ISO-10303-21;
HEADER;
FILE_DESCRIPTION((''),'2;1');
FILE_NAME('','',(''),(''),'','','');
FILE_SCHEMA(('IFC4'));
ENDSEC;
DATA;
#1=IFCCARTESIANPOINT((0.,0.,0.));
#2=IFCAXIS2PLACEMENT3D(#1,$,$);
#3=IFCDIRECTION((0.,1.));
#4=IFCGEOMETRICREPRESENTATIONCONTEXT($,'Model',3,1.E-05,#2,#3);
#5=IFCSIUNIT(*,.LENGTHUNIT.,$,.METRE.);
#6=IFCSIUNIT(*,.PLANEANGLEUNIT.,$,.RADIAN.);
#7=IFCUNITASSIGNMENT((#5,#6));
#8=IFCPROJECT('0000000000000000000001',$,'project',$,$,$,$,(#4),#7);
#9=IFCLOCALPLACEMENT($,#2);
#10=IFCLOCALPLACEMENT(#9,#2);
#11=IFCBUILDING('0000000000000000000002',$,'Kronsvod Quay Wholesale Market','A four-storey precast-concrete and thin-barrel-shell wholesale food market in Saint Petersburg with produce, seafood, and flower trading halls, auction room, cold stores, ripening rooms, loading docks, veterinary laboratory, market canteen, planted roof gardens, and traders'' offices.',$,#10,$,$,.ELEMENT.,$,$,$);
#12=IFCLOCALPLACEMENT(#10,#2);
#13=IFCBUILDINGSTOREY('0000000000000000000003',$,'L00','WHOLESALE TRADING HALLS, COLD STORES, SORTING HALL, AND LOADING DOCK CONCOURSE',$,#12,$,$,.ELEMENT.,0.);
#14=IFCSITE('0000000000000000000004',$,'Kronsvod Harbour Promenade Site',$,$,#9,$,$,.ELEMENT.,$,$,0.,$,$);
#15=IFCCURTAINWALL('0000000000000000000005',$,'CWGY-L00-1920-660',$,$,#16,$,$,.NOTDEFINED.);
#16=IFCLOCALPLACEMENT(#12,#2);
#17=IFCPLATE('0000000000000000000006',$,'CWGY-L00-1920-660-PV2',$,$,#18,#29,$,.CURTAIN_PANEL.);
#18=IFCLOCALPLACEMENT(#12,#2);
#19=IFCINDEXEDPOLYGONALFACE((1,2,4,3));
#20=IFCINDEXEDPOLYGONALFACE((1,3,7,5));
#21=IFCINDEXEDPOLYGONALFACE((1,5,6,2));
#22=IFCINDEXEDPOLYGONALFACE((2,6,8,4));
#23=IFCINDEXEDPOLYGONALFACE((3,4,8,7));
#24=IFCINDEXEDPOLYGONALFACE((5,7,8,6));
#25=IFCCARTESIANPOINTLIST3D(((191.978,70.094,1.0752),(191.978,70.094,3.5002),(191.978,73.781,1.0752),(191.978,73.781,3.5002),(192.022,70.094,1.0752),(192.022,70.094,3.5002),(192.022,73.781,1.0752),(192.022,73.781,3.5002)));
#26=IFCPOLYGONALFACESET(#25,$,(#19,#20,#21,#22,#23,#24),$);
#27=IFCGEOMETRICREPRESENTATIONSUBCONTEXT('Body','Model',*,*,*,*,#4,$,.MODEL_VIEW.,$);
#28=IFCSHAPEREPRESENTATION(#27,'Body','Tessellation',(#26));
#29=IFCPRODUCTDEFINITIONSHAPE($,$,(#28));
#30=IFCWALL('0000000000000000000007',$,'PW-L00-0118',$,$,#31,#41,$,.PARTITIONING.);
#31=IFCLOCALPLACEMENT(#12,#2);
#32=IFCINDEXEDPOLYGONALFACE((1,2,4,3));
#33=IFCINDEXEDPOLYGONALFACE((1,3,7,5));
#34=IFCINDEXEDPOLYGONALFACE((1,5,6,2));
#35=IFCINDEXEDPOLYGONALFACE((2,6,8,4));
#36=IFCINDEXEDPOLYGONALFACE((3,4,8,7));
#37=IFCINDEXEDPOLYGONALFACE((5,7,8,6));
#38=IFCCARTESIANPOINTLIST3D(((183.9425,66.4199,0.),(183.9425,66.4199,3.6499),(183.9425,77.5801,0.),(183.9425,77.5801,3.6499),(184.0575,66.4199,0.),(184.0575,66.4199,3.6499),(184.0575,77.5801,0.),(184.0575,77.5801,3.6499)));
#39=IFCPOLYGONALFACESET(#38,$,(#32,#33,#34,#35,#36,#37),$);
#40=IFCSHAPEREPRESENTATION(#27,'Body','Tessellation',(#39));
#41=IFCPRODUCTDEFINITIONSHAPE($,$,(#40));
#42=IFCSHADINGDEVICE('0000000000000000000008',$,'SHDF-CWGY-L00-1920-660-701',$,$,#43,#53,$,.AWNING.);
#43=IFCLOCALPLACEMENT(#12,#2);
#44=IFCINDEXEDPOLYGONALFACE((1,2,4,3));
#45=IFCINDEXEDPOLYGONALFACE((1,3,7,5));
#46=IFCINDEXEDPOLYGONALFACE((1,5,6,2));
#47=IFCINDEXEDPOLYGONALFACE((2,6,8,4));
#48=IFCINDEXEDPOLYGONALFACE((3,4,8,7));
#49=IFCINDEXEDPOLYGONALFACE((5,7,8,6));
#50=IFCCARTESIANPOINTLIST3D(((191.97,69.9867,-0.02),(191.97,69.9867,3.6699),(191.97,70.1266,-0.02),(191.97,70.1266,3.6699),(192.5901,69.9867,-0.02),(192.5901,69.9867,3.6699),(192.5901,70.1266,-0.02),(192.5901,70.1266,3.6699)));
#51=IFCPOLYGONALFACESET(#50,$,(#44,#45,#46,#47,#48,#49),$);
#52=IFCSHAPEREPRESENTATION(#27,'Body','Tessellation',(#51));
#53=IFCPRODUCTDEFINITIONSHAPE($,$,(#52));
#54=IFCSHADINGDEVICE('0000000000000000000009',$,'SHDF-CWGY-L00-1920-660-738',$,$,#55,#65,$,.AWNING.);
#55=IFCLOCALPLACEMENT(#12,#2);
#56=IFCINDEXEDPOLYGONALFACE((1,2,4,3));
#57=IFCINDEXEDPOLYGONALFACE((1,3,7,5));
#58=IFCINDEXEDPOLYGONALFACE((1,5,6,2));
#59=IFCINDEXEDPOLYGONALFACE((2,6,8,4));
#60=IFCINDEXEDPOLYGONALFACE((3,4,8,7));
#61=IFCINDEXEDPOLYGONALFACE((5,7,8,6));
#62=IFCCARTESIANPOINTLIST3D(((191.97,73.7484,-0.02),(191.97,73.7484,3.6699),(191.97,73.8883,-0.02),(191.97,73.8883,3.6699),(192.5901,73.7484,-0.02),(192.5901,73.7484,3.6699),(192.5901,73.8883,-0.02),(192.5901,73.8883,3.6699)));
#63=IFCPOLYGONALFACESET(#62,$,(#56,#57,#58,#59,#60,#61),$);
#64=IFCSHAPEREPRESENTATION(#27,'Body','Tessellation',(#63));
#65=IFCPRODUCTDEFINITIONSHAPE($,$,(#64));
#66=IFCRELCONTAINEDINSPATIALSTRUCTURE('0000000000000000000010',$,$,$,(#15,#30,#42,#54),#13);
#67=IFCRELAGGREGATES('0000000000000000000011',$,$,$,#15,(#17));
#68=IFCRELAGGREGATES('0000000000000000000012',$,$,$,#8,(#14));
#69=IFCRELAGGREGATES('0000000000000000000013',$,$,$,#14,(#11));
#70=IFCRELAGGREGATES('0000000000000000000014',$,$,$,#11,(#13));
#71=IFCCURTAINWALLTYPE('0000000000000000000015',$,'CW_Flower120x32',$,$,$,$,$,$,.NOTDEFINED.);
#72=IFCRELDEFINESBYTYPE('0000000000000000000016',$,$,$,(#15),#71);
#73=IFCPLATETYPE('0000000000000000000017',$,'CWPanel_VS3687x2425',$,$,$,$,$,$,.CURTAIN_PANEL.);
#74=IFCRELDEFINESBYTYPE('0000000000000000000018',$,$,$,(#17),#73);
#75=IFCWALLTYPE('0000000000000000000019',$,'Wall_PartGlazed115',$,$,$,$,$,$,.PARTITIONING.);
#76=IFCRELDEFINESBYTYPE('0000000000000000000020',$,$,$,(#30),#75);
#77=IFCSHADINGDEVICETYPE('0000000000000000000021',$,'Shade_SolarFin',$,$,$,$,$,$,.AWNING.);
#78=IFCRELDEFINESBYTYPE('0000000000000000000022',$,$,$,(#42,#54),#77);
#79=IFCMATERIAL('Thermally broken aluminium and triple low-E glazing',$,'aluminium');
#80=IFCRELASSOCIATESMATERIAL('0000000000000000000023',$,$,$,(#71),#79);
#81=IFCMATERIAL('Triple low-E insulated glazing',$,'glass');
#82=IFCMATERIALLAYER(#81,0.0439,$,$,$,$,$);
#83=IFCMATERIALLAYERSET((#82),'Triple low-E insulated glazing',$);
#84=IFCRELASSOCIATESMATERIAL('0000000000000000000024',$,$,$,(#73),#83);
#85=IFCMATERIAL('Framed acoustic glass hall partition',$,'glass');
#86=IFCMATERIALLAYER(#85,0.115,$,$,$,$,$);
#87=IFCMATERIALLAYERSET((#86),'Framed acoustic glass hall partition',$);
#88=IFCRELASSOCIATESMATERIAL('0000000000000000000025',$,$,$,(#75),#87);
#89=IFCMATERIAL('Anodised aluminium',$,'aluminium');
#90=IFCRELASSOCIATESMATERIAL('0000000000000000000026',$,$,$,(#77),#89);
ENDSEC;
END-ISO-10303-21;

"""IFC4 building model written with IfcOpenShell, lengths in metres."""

from ifc_helpers import new_model, si_unit, direction, frame, frame_2d, origin, origin_2d, place, context, subcontext, project, spatial, rectangle, extrude, material, layer, layer_set, type_object, element, aggregate, save


model = new_model("IFC4")

# Units and contexts
model_context = context("Model", 3, precision=1e-05, world=origin(), true_north=direction((0.0, 1.0)))
body_context = subcontext(model_context, "Body", "Model", "MODEL_VIEW")
ifc_project = project(units=[si_unit("LENGTHUNIT", "METRE"), si_unit("PLANEANGLEUNIT", "RADIAN")], contexts=[model_context])

# Site, building, storey
site_placement = place(None, origin())
site = spatial("IfcSite", under=ifc_project, at=site_placement, Name="Kronsvod Harbour Promenade Site", CompositionType="ELEMENT", RefElevation=0.0)
building_placement = place(site_placement, origin())
building = spatial("IfcBuilding", under=site, at=building_placement, Name="Kronsvod Quay Wholesale Market", Description="A four-storey precast-concrete and thin-barrel-shell wholesale food market in Saint Petersburg with produce, seafood, and flower trading halls, auction room, cold stores, ripening rooms, loading docks, veterinary laboratory, market canteen, planted roof gardens, and traders' offices.", CompositionType="ELEMENT")
storey_placement = place(building_placement, origin())
storey = spatial("IfcBuildingStorey", under=building, at=storey_placement, Name="L00", Description="WHOLESALE TRADING HALLS, COLD STORES, SORTING HALL, AND LOADING DOCK CONCOURSE", CompositionType="ELEMENT", Elevation=0.0)

# Curtain wall, plate
ifc_material_1 = material(Name="Thermally broken aluminium and triple low-E glazing", Category="aluminium")
curtain_wall_type = type_object("IfcCurtainWallType", Name="CW_Flower120x32", PredefinedType="NOTDEFINED", material=ifc_material_1)
curtain_wall_placement = place(storey_placement, origin())
curtain_wall = element("IfcCurtainWall", 1, at=curtain_wall_placement, inside=storey, type_object=curtain_wall_type, Name="CWGY-L00-1920-660", PredefinedType="NOTDEFINED")
ifc_material_2 = material(Name="Triple low-E insulated glazing", Category="glass")
ifc_layer_1 = layer(ifc_material_2, 0.0439)
ifc_layer_set_1 = layer_set([ifc_layer_1], Name="Triple low-E insulated glazing")
plate_type_1 = type_object("IfcPlateType", Name="CWPanel_VS3687x2425", PredefinedType="CURTAIN_PANEL", material=ifc_layer_set_1)
plate_1_placement = place(storey_placement, frame((192.0, 71.9375, 1.0752), z_axis=(0.0, 0.0, 1.0), x_axis=(0.0, 1.0, 0.0)))
plate_1 = element("IfcPlate", 2, at=plate_1_placement, type_object=plate_type_1, Name="CWGY-L00-1920-660-PV2", PredefinedType="CURTAIN_PANEL", context=body_context, shape_type="SweptSolid", body=[
    extrude(rectangle(XDim=3.687, YDim=0.0439, at=origin_2d()), origin(), (0.0, 0.0, 1.0), 2.425),
])
aggregate(curtain_wall, [plate_1])

# Wall
ifc_material_3 = material(Name="Framed acoustic glass hall partition", Category="glass")
ifc_layer_2 = layer(ifc_material_3, 0.115)
ifc_layer_set_2 = layer_set([ifc_layer_2], Name="Framed acoustic glass hall partition")
wall_type = type_object("IfcWallType", Name="Wall_PartGlazed115", PredefinedType="PARTITIONING", material=ifc_layer_set_2)
wall_placement = place(storey_placement, frame((184.0, 66.4199, 0.0), z_axis=(0.0, 0.0, 1.0), x_axis=(0.0, 1.0, 0.0)))
element("IfcWall", 3, at=wall_placement, inside=storey, type_object=wall_type, Name="PW-L00-0118", PredefinedType="PARTITIONING", context=body_context, shape_type="SweptSolid", body=[
    extrude(rectangle(XDim=11.1602, YDim=0.115, at=frame_2d((5.5801, 0.0))), origin(), (0.0, 0.0, 1.0), 3.6499),
])

# Shading devices
ifc_material_4 = material(Name="Anodised aluminium", Category="aluminium")
shading_device_type = type_object("IfcShadingDeviceType", Name="Shade_SolarFin", PredefinedType="AWNING", material=ifc_material_4)
for number, where, z_axis, x_axis, name in (
    (4, (192.28, 70.0566, -0.02), (0.0, 0.0, 1.0), (1.0, 0.0, 0.0), "SHDF-CWGY-L00-1920-660-701"),
    (5, (192.28, 73.8184, -0.02), (0.0, 0.0, 1.0), (1.0, 0.0, 0.0), "SHDF-CWGY-L00-1920-660-738"),
):
    element("IfcShadingDevice", number, at=place(storey_placement, frame(where, z_axis=z_axis, x_axis=x_axis)), inside=storey, type_object=shading_device_type, Name=name, PredefinedType="AWNING", context=body_context, shape_type="SweptSolid", body=[
        extrude(rectangle(XDim=0.6201, YDim=0.1399, at=origin_2d()), origin(), (0.0, 0.0, 1.0), 3.6899),
    ])

save(model, "model.ifc")
